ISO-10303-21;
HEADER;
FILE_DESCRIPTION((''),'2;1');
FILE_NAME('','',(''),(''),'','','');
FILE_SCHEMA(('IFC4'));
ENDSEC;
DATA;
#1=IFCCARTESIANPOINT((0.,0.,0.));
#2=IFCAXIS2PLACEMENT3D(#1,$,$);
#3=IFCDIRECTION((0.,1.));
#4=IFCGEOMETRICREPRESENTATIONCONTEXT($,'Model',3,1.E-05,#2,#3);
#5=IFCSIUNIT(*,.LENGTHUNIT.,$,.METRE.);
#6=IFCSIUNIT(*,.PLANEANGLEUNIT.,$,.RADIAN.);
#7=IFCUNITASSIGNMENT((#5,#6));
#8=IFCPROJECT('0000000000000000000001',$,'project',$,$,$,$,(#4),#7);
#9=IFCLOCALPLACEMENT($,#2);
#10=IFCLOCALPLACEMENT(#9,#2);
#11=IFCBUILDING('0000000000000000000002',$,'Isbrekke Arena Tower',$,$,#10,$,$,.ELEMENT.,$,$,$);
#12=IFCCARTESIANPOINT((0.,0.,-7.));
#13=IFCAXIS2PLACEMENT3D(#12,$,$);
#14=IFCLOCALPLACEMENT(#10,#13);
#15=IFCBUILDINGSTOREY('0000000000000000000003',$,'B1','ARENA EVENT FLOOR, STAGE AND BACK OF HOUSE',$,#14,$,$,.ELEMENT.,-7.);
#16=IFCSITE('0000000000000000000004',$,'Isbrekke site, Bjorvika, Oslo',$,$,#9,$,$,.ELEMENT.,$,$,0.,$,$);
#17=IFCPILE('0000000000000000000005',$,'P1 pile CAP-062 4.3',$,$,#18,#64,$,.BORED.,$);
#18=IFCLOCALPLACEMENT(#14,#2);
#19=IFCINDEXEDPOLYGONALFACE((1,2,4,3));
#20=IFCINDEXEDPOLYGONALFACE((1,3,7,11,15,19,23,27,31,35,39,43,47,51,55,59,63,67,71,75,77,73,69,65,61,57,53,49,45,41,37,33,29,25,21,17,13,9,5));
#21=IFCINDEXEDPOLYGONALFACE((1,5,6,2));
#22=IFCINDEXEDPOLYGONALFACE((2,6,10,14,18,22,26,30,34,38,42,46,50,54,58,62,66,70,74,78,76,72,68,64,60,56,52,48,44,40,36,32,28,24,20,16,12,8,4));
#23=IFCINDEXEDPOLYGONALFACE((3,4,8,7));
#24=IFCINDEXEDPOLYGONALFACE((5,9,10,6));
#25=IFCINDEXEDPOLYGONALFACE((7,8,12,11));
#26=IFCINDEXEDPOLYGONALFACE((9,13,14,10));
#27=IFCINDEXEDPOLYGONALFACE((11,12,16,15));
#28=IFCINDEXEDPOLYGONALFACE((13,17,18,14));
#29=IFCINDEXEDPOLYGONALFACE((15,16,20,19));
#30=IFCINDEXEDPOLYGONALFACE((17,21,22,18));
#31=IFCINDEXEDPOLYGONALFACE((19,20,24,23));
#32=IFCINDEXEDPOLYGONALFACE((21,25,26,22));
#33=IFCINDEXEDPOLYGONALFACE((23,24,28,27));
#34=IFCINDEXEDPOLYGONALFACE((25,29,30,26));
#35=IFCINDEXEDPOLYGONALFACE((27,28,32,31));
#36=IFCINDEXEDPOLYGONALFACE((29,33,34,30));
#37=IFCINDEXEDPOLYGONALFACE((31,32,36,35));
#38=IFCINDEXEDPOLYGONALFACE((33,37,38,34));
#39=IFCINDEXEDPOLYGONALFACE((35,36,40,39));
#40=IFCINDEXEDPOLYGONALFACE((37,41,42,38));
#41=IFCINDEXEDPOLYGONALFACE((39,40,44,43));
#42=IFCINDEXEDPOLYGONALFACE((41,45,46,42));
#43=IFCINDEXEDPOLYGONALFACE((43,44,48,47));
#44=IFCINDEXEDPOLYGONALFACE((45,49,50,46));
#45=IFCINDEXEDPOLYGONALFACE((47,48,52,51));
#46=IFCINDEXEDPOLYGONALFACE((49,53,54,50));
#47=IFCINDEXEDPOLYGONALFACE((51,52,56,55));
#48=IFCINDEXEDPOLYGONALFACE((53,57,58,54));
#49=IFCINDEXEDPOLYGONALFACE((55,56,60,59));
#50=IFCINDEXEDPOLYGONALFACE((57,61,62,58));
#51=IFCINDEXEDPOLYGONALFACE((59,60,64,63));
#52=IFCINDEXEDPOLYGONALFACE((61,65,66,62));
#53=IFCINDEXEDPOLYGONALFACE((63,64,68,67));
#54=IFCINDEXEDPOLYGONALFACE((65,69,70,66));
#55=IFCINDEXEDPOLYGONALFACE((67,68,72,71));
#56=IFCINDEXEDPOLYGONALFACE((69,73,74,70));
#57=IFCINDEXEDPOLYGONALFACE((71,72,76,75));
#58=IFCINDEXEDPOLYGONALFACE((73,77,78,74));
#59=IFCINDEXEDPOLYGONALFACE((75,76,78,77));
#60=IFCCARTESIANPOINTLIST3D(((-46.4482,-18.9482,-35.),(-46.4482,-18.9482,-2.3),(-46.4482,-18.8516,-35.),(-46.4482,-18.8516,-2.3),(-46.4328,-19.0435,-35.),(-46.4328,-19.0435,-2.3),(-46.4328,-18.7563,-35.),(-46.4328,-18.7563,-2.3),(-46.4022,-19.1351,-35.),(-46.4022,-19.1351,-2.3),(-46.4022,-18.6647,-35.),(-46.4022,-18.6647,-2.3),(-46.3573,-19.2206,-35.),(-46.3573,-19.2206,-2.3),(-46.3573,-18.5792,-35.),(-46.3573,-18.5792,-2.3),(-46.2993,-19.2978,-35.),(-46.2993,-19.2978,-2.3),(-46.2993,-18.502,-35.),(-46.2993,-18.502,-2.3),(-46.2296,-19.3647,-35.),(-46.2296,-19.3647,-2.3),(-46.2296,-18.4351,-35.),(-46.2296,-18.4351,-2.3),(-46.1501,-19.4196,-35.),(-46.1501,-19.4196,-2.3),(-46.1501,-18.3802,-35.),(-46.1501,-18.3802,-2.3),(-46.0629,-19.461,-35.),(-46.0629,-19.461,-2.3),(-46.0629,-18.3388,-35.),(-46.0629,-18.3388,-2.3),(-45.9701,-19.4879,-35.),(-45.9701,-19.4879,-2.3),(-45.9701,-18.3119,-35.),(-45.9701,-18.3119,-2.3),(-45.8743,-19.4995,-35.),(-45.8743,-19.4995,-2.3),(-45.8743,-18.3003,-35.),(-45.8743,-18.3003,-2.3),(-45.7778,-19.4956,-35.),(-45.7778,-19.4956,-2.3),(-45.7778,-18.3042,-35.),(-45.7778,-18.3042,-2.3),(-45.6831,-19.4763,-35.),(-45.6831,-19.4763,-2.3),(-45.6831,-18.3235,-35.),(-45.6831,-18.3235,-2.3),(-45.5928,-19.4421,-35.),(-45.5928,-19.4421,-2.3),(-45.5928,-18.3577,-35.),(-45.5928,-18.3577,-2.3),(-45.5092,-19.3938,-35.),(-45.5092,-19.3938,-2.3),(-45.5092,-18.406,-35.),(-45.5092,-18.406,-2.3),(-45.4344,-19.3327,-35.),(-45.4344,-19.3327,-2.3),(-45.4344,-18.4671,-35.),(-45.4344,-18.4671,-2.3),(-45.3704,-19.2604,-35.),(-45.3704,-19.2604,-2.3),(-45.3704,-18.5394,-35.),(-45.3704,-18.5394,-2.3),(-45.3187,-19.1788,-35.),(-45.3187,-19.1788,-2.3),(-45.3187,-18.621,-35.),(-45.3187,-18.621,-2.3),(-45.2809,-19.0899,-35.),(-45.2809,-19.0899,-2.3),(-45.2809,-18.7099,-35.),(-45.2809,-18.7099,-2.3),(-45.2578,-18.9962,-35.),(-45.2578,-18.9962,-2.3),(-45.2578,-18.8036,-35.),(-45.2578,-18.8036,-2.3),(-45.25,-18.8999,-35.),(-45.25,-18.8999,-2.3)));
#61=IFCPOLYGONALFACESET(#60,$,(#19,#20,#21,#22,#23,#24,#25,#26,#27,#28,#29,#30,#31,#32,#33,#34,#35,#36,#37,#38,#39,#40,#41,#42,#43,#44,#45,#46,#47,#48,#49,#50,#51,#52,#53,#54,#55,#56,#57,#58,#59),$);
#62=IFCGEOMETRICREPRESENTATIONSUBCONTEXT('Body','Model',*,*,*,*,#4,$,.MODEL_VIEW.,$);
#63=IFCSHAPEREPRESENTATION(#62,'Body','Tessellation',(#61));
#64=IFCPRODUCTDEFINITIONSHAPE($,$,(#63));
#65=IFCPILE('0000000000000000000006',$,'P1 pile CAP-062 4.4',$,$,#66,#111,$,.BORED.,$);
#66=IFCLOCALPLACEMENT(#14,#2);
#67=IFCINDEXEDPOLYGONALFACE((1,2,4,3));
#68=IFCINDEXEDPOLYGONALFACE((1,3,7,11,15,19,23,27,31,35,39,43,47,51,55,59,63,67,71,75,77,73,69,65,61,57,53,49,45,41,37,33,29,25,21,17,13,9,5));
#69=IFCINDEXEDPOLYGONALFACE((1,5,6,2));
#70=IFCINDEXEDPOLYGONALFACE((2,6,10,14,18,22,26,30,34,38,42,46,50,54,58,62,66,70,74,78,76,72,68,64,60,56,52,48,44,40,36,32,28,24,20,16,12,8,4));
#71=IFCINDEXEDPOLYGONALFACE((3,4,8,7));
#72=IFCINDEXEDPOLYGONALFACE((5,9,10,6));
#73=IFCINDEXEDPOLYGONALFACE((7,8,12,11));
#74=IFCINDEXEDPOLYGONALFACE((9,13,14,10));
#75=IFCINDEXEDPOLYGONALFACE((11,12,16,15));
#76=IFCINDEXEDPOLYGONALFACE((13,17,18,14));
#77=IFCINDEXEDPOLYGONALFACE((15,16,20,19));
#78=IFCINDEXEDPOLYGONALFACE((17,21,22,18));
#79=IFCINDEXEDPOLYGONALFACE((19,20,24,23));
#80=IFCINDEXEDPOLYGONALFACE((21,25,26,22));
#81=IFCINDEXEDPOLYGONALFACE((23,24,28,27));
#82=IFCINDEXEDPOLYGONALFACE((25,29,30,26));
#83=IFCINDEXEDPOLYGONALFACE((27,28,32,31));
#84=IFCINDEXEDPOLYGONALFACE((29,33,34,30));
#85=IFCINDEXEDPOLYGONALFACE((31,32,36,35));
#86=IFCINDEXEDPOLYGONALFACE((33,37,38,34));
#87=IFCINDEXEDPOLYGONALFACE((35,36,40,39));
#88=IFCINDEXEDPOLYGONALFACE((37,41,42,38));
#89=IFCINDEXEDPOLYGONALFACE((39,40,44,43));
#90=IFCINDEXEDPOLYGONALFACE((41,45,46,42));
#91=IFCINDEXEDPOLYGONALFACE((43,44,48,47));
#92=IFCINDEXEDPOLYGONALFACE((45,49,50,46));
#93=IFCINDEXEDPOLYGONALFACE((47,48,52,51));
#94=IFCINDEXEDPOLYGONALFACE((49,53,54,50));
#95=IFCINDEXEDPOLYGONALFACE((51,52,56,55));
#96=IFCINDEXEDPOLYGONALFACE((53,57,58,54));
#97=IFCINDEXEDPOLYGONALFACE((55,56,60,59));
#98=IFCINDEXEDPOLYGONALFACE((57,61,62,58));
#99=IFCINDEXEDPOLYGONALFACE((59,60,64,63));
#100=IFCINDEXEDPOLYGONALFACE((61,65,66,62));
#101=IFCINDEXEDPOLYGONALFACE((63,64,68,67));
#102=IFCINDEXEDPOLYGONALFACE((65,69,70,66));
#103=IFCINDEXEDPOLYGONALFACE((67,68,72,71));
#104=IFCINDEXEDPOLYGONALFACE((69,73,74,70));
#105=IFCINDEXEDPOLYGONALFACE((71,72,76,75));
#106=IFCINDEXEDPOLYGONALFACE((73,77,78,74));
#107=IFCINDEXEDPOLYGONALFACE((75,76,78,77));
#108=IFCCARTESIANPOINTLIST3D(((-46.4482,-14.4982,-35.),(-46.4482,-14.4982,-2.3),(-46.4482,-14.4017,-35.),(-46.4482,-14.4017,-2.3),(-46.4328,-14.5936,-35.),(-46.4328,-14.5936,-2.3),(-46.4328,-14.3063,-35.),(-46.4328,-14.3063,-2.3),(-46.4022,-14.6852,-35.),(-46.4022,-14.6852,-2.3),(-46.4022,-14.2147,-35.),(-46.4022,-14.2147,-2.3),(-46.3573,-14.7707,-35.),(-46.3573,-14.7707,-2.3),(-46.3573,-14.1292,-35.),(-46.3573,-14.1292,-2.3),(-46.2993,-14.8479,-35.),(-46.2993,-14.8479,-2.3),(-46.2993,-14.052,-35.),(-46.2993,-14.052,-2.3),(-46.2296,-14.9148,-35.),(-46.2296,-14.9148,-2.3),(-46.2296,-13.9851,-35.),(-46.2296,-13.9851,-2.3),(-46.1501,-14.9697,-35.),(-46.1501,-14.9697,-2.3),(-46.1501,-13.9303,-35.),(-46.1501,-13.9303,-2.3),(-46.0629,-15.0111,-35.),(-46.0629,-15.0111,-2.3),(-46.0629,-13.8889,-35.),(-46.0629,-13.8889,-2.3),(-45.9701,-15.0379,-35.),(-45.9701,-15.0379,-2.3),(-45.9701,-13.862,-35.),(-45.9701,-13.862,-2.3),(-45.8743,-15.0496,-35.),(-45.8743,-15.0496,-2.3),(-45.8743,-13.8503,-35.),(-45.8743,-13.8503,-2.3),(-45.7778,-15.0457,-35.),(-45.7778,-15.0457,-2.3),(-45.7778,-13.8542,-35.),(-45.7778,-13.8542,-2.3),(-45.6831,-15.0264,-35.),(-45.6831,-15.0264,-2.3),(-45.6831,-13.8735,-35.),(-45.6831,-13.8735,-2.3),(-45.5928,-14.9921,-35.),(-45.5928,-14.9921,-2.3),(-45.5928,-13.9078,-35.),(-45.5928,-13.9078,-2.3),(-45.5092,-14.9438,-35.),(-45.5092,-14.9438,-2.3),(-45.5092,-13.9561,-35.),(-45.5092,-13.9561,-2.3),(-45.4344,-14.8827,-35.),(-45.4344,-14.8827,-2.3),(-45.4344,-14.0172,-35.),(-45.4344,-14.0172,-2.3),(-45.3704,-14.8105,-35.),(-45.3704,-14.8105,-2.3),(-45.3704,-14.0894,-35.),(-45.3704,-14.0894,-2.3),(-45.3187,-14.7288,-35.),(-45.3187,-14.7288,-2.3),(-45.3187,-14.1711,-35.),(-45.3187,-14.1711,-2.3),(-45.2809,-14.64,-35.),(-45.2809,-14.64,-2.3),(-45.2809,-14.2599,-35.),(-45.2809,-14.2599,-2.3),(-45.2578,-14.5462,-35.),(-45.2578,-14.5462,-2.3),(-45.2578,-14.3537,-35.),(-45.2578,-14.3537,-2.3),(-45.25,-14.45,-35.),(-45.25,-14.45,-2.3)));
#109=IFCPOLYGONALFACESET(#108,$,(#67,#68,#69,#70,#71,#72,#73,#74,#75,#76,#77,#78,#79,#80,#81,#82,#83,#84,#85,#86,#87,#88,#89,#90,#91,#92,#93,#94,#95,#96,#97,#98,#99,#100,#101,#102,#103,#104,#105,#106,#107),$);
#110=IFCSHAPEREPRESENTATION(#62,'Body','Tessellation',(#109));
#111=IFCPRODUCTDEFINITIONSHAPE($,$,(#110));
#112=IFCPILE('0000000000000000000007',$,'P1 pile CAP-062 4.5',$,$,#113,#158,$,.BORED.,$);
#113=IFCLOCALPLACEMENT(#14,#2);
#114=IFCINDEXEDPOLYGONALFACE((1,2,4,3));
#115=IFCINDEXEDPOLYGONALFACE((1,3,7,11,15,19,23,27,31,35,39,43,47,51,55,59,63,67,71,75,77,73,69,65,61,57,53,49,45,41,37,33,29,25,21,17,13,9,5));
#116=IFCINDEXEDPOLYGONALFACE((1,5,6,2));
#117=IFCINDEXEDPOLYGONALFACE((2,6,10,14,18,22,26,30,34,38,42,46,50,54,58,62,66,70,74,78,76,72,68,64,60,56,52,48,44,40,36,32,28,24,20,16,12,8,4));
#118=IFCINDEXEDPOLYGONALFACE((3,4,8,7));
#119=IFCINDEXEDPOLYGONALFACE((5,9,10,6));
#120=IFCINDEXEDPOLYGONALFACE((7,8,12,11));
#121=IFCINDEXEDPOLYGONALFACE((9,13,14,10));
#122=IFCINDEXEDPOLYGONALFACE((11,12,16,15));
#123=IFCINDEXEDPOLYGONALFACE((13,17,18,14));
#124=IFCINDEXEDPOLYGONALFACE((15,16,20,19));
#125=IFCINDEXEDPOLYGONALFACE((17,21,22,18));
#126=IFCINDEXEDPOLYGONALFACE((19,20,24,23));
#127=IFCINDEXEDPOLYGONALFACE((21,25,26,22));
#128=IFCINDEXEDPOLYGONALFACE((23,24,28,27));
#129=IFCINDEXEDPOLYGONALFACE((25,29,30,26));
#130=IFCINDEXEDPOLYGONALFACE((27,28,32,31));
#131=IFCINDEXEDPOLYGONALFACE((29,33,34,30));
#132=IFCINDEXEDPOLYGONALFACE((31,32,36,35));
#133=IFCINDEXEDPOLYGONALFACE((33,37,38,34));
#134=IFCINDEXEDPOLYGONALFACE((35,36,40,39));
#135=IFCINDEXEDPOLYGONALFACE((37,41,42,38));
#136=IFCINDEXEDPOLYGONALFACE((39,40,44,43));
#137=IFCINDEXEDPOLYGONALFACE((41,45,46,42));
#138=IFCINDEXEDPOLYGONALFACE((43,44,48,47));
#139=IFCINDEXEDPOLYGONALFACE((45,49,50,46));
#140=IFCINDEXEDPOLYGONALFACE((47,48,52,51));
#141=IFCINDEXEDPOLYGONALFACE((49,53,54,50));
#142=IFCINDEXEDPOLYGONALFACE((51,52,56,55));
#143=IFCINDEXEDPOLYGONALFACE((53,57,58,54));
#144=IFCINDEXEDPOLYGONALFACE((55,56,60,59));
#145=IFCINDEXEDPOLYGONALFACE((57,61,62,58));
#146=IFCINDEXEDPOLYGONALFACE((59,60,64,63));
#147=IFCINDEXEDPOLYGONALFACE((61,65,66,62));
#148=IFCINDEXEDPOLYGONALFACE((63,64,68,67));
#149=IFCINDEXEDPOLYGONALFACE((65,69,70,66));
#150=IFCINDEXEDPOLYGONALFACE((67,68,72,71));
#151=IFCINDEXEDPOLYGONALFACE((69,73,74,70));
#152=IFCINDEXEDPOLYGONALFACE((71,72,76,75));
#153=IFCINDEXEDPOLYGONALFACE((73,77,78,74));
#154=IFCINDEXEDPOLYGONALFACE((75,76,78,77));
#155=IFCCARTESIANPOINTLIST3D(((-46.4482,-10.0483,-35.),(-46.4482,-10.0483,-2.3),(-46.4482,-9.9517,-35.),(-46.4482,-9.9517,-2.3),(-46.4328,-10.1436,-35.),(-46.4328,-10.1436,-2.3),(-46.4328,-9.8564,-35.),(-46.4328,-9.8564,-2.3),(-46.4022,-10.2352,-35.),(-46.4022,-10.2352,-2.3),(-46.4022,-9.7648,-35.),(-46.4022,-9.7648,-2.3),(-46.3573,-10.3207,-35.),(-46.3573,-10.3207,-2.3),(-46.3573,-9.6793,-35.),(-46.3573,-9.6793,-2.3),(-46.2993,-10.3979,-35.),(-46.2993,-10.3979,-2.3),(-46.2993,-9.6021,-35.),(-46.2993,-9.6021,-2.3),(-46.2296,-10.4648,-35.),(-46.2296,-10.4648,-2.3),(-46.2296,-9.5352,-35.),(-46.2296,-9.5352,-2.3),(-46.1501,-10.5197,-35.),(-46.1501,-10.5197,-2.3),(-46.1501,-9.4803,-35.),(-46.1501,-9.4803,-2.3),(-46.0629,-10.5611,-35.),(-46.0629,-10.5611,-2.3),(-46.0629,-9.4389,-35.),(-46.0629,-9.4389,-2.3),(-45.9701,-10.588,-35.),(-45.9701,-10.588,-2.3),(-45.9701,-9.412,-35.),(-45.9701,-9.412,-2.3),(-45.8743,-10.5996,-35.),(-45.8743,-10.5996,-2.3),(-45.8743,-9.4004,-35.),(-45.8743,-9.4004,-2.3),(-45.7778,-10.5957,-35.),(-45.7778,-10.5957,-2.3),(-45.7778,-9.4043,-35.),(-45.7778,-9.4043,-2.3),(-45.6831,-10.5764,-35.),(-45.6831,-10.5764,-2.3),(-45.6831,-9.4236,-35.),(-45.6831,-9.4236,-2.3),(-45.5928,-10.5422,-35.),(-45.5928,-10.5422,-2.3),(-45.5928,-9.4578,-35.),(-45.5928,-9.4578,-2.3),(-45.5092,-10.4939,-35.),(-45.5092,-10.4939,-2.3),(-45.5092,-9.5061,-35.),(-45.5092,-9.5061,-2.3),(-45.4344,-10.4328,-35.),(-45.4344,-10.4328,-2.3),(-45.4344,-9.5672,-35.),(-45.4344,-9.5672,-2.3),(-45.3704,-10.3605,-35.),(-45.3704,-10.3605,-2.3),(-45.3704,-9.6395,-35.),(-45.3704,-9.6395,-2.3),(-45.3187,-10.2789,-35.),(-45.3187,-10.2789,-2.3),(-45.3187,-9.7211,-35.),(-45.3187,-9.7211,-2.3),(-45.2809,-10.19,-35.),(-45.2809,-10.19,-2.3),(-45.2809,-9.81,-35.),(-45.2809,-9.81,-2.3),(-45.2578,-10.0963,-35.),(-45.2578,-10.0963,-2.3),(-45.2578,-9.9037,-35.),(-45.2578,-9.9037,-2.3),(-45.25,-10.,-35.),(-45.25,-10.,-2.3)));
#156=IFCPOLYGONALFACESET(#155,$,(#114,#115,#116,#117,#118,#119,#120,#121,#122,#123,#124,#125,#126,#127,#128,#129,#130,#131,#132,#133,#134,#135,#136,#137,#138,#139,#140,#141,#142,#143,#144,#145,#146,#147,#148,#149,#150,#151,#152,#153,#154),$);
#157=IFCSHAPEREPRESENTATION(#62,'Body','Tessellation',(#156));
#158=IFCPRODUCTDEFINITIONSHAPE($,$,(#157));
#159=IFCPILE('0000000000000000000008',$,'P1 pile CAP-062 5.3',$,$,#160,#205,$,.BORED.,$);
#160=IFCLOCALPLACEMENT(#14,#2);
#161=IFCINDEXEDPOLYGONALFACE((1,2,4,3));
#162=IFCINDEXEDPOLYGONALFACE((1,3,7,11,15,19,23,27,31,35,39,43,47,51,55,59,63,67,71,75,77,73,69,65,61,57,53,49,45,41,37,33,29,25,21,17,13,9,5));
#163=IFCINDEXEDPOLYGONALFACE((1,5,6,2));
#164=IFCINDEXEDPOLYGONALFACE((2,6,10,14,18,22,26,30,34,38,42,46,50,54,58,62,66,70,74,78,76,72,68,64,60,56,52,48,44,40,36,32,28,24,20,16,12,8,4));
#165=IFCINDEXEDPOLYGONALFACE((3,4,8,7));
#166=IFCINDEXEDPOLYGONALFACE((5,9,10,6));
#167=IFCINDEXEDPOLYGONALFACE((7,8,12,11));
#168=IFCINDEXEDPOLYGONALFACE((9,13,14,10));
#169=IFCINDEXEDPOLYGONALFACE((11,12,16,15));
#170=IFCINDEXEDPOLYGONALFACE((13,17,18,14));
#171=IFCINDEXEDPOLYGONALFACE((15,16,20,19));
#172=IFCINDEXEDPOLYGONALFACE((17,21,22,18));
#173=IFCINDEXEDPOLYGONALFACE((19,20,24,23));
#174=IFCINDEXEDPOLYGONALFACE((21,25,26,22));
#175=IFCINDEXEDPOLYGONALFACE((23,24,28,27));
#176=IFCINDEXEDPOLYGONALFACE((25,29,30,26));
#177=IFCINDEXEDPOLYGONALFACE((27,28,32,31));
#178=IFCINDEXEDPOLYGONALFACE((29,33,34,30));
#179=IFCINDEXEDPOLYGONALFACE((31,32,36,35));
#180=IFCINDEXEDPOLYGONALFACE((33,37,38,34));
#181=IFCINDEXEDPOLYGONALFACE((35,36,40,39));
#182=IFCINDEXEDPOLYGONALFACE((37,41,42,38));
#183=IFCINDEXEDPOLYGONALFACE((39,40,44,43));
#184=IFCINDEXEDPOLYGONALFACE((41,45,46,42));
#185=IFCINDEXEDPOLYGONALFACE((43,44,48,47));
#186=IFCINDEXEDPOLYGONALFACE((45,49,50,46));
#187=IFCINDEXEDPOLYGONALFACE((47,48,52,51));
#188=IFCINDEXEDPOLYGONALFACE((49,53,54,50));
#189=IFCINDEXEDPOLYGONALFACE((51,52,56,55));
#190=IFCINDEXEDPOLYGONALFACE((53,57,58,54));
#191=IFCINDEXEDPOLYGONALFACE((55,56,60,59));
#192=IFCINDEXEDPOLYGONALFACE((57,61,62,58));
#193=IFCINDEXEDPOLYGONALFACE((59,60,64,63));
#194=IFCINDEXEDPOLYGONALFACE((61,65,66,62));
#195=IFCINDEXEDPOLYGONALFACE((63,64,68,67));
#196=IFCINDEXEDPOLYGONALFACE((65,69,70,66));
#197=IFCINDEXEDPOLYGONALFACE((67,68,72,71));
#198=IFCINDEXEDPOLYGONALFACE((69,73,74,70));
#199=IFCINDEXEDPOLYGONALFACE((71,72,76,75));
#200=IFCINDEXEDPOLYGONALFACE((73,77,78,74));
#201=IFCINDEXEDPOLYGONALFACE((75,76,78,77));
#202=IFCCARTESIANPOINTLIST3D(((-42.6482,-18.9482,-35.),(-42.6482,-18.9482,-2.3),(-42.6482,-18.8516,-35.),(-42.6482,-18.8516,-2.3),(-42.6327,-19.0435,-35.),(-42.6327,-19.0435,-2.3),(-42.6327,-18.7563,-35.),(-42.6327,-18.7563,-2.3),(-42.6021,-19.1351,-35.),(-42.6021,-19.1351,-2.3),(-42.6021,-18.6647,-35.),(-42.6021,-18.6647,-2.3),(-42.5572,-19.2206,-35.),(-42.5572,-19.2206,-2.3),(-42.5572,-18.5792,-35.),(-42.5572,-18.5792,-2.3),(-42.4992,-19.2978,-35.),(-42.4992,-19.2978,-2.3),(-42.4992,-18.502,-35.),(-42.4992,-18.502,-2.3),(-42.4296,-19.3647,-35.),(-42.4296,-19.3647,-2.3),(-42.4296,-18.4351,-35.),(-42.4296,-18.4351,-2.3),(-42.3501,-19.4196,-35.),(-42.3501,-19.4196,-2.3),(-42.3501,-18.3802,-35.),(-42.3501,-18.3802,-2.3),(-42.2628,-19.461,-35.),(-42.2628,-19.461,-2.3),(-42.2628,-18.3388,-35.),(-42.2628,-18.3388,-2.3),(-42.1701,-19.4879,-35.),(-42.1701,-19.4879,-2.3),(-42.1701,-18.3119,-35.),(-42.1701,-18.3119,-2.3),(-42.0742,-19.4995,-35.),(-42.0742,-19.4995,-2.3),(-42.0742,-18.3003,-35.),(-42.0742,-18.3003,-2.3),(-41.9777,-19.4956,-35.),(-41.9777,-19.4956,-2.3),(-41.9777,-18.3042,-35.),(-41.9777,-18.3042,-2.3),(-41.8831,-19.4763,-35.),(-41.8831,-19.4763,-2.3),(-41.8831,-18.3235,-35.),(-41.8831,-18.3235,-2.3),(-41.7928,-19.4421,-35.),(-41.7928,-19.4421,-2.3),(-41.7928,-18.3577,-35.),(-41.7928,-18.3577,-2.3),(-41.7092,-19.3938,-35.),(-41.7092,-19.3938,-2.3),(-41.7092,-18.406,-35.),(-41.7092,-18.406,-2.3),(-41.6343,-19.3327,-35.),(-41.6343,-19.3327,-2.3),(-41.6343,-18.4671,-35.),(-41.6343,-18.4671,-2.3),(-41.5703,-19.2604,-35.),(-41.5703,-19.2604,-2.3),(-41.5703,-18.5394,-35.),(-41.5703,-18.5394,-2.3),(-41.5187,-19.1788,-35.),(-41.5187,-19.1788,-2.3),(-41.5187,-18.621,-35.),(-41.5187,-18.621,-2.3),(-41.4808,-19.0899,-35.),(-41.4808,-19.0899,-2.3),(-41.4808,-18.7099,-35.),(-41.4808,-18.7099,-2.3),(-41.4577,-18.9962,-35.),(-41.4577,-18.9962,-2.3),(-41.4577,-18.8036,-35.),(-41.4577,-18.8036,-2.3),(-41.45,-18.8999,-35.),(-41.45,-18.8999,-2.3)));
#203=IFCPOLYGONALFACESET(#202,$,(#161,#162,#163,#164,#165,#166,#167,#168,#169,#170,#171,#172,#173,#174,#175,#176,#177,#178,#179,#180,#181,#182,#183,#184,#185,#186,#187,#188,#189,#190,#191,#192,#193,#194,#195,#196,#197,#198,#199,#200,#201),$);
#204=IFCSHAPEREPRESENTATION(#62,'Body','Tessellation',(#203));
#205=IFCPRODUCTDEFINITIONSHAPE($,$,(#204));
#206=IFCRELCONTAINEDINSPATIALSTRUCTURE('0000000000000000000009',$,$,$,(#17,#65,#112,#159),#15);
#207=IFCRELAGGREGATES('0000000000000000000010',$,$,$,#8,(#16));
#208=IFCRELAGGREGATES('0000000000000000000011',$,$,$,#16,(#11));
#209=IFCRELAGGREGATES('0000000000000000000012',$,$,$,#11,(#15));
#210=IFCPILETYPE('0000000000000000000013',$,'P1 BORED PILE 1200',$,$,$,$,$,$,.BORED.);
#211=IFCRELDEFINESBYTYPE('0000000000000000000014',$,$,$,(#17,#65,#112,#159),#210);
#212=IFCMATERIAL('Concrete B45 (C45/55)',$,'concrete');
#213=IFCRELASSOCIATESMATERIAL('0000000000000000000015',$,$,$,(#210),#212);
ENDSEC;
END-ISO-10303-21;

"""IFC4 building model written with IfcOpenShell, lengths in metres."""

from ifc_helpers import new_model, si_unit, direction, frame, origin, origin_2d, place, context, subcontext, project, spatial, circle, extrude, material, material_profile, profile_set, type_object, element, save


model = new_model("IFC4")

# Units and contexts
model_context = context("Model", 3, precision=1e-05, world=origin(), true_north=direction((0.0, 1.0)))
body_context = subcontext(model_context, "Body", "Model", "MODEL_VIEW")
ifc_project = project(units=[si_unit("LENGTHUNIT", "METRE"), si_unit("PLANEANGLEUNIT", "RADIAN")], contexts=[model_context])

# Site, building, storey
site_placement = place(None, origin())
site = spatial("IfcSite", under=ifc_project, at=site_placement, Name="Isbrekke site, Bjorvika, Oslo", CompositionType="ELEMENT", RefElevation=0.0)
building_placement = place(site_placement, origin())
building = spatial("IfcBuilding", under=site, at=building_placement, Name="Isbrekke Arena Tower", CompositionType="ELEMENT")
storey_placement = place(building_placement, frame((0.0, 0.0, -7.0)))
storey = spatial("IfcBuildingStorey", under=building, at=storey_placement, Name="B1", Description="ARENA EVENT FLOOR, STAGE AND BACK OF HOUSE", CompositionType="ELEMENT", Elevation=-7.0)

# Piles
ifc_material_1 = material(Name="Concrete B45 (C45/55)", Category="concrete")
ifc_material_profile_1 = material_profile(ifc_material_1, circle(Radius=0.6001, at=origin_2d()), Name="BORED PILE D1200")
ifc_profile_set_1 = profile_set([ifc_material_profile_1], Name="Concrete B45 (C45/55)")
pile_type = type_object("IfcPileType", Name="P1 BORED PILE 1200", PredefinedType="BORED", material=ifc_profile_set_1)
for number, where, z_axis, x_axis, name in (
    (1, (-45.8501, -18.8999, -2.3), (0.0, 0.0, -1.0), (1.0, 0.0, 0.0), "P1 pile CAP-062 4.3"),
    (2, (-45.8501, -14.45, -2.3), (0.0, 0.0, -1.0), (1.0, 0.0, 0.0), "P1 pile CAP-062 4.4"),
    (3, (-45.8501, -10.0, -2.3), (0.0, 0.0, -1.0), (1.0, 0.0, 0.0), "P1 pile CAP-062 4.5"),
    (4, (-42.05, -18.8999, -2.3), (0.0, 0.0, -1.0), (1.0, 0.0, 0.0), "P1 pile CAP-062 5.3"),
):
    element("IfcPile", number, at=place(storey_placement, frame(where, z_axis=z_axis, x_axis=x_axis)), inside=storey, type_object=pile_type, Name=name, PredefinedType="BORED", context=body_context, shape_type="SweptSolid", body=[
        extrude(circle(Radius=0.6001, at=origin_2d()), origin(), (0.0, 0.0, 1.0), 32.7),
    ])

save(model, "model.ifc")
